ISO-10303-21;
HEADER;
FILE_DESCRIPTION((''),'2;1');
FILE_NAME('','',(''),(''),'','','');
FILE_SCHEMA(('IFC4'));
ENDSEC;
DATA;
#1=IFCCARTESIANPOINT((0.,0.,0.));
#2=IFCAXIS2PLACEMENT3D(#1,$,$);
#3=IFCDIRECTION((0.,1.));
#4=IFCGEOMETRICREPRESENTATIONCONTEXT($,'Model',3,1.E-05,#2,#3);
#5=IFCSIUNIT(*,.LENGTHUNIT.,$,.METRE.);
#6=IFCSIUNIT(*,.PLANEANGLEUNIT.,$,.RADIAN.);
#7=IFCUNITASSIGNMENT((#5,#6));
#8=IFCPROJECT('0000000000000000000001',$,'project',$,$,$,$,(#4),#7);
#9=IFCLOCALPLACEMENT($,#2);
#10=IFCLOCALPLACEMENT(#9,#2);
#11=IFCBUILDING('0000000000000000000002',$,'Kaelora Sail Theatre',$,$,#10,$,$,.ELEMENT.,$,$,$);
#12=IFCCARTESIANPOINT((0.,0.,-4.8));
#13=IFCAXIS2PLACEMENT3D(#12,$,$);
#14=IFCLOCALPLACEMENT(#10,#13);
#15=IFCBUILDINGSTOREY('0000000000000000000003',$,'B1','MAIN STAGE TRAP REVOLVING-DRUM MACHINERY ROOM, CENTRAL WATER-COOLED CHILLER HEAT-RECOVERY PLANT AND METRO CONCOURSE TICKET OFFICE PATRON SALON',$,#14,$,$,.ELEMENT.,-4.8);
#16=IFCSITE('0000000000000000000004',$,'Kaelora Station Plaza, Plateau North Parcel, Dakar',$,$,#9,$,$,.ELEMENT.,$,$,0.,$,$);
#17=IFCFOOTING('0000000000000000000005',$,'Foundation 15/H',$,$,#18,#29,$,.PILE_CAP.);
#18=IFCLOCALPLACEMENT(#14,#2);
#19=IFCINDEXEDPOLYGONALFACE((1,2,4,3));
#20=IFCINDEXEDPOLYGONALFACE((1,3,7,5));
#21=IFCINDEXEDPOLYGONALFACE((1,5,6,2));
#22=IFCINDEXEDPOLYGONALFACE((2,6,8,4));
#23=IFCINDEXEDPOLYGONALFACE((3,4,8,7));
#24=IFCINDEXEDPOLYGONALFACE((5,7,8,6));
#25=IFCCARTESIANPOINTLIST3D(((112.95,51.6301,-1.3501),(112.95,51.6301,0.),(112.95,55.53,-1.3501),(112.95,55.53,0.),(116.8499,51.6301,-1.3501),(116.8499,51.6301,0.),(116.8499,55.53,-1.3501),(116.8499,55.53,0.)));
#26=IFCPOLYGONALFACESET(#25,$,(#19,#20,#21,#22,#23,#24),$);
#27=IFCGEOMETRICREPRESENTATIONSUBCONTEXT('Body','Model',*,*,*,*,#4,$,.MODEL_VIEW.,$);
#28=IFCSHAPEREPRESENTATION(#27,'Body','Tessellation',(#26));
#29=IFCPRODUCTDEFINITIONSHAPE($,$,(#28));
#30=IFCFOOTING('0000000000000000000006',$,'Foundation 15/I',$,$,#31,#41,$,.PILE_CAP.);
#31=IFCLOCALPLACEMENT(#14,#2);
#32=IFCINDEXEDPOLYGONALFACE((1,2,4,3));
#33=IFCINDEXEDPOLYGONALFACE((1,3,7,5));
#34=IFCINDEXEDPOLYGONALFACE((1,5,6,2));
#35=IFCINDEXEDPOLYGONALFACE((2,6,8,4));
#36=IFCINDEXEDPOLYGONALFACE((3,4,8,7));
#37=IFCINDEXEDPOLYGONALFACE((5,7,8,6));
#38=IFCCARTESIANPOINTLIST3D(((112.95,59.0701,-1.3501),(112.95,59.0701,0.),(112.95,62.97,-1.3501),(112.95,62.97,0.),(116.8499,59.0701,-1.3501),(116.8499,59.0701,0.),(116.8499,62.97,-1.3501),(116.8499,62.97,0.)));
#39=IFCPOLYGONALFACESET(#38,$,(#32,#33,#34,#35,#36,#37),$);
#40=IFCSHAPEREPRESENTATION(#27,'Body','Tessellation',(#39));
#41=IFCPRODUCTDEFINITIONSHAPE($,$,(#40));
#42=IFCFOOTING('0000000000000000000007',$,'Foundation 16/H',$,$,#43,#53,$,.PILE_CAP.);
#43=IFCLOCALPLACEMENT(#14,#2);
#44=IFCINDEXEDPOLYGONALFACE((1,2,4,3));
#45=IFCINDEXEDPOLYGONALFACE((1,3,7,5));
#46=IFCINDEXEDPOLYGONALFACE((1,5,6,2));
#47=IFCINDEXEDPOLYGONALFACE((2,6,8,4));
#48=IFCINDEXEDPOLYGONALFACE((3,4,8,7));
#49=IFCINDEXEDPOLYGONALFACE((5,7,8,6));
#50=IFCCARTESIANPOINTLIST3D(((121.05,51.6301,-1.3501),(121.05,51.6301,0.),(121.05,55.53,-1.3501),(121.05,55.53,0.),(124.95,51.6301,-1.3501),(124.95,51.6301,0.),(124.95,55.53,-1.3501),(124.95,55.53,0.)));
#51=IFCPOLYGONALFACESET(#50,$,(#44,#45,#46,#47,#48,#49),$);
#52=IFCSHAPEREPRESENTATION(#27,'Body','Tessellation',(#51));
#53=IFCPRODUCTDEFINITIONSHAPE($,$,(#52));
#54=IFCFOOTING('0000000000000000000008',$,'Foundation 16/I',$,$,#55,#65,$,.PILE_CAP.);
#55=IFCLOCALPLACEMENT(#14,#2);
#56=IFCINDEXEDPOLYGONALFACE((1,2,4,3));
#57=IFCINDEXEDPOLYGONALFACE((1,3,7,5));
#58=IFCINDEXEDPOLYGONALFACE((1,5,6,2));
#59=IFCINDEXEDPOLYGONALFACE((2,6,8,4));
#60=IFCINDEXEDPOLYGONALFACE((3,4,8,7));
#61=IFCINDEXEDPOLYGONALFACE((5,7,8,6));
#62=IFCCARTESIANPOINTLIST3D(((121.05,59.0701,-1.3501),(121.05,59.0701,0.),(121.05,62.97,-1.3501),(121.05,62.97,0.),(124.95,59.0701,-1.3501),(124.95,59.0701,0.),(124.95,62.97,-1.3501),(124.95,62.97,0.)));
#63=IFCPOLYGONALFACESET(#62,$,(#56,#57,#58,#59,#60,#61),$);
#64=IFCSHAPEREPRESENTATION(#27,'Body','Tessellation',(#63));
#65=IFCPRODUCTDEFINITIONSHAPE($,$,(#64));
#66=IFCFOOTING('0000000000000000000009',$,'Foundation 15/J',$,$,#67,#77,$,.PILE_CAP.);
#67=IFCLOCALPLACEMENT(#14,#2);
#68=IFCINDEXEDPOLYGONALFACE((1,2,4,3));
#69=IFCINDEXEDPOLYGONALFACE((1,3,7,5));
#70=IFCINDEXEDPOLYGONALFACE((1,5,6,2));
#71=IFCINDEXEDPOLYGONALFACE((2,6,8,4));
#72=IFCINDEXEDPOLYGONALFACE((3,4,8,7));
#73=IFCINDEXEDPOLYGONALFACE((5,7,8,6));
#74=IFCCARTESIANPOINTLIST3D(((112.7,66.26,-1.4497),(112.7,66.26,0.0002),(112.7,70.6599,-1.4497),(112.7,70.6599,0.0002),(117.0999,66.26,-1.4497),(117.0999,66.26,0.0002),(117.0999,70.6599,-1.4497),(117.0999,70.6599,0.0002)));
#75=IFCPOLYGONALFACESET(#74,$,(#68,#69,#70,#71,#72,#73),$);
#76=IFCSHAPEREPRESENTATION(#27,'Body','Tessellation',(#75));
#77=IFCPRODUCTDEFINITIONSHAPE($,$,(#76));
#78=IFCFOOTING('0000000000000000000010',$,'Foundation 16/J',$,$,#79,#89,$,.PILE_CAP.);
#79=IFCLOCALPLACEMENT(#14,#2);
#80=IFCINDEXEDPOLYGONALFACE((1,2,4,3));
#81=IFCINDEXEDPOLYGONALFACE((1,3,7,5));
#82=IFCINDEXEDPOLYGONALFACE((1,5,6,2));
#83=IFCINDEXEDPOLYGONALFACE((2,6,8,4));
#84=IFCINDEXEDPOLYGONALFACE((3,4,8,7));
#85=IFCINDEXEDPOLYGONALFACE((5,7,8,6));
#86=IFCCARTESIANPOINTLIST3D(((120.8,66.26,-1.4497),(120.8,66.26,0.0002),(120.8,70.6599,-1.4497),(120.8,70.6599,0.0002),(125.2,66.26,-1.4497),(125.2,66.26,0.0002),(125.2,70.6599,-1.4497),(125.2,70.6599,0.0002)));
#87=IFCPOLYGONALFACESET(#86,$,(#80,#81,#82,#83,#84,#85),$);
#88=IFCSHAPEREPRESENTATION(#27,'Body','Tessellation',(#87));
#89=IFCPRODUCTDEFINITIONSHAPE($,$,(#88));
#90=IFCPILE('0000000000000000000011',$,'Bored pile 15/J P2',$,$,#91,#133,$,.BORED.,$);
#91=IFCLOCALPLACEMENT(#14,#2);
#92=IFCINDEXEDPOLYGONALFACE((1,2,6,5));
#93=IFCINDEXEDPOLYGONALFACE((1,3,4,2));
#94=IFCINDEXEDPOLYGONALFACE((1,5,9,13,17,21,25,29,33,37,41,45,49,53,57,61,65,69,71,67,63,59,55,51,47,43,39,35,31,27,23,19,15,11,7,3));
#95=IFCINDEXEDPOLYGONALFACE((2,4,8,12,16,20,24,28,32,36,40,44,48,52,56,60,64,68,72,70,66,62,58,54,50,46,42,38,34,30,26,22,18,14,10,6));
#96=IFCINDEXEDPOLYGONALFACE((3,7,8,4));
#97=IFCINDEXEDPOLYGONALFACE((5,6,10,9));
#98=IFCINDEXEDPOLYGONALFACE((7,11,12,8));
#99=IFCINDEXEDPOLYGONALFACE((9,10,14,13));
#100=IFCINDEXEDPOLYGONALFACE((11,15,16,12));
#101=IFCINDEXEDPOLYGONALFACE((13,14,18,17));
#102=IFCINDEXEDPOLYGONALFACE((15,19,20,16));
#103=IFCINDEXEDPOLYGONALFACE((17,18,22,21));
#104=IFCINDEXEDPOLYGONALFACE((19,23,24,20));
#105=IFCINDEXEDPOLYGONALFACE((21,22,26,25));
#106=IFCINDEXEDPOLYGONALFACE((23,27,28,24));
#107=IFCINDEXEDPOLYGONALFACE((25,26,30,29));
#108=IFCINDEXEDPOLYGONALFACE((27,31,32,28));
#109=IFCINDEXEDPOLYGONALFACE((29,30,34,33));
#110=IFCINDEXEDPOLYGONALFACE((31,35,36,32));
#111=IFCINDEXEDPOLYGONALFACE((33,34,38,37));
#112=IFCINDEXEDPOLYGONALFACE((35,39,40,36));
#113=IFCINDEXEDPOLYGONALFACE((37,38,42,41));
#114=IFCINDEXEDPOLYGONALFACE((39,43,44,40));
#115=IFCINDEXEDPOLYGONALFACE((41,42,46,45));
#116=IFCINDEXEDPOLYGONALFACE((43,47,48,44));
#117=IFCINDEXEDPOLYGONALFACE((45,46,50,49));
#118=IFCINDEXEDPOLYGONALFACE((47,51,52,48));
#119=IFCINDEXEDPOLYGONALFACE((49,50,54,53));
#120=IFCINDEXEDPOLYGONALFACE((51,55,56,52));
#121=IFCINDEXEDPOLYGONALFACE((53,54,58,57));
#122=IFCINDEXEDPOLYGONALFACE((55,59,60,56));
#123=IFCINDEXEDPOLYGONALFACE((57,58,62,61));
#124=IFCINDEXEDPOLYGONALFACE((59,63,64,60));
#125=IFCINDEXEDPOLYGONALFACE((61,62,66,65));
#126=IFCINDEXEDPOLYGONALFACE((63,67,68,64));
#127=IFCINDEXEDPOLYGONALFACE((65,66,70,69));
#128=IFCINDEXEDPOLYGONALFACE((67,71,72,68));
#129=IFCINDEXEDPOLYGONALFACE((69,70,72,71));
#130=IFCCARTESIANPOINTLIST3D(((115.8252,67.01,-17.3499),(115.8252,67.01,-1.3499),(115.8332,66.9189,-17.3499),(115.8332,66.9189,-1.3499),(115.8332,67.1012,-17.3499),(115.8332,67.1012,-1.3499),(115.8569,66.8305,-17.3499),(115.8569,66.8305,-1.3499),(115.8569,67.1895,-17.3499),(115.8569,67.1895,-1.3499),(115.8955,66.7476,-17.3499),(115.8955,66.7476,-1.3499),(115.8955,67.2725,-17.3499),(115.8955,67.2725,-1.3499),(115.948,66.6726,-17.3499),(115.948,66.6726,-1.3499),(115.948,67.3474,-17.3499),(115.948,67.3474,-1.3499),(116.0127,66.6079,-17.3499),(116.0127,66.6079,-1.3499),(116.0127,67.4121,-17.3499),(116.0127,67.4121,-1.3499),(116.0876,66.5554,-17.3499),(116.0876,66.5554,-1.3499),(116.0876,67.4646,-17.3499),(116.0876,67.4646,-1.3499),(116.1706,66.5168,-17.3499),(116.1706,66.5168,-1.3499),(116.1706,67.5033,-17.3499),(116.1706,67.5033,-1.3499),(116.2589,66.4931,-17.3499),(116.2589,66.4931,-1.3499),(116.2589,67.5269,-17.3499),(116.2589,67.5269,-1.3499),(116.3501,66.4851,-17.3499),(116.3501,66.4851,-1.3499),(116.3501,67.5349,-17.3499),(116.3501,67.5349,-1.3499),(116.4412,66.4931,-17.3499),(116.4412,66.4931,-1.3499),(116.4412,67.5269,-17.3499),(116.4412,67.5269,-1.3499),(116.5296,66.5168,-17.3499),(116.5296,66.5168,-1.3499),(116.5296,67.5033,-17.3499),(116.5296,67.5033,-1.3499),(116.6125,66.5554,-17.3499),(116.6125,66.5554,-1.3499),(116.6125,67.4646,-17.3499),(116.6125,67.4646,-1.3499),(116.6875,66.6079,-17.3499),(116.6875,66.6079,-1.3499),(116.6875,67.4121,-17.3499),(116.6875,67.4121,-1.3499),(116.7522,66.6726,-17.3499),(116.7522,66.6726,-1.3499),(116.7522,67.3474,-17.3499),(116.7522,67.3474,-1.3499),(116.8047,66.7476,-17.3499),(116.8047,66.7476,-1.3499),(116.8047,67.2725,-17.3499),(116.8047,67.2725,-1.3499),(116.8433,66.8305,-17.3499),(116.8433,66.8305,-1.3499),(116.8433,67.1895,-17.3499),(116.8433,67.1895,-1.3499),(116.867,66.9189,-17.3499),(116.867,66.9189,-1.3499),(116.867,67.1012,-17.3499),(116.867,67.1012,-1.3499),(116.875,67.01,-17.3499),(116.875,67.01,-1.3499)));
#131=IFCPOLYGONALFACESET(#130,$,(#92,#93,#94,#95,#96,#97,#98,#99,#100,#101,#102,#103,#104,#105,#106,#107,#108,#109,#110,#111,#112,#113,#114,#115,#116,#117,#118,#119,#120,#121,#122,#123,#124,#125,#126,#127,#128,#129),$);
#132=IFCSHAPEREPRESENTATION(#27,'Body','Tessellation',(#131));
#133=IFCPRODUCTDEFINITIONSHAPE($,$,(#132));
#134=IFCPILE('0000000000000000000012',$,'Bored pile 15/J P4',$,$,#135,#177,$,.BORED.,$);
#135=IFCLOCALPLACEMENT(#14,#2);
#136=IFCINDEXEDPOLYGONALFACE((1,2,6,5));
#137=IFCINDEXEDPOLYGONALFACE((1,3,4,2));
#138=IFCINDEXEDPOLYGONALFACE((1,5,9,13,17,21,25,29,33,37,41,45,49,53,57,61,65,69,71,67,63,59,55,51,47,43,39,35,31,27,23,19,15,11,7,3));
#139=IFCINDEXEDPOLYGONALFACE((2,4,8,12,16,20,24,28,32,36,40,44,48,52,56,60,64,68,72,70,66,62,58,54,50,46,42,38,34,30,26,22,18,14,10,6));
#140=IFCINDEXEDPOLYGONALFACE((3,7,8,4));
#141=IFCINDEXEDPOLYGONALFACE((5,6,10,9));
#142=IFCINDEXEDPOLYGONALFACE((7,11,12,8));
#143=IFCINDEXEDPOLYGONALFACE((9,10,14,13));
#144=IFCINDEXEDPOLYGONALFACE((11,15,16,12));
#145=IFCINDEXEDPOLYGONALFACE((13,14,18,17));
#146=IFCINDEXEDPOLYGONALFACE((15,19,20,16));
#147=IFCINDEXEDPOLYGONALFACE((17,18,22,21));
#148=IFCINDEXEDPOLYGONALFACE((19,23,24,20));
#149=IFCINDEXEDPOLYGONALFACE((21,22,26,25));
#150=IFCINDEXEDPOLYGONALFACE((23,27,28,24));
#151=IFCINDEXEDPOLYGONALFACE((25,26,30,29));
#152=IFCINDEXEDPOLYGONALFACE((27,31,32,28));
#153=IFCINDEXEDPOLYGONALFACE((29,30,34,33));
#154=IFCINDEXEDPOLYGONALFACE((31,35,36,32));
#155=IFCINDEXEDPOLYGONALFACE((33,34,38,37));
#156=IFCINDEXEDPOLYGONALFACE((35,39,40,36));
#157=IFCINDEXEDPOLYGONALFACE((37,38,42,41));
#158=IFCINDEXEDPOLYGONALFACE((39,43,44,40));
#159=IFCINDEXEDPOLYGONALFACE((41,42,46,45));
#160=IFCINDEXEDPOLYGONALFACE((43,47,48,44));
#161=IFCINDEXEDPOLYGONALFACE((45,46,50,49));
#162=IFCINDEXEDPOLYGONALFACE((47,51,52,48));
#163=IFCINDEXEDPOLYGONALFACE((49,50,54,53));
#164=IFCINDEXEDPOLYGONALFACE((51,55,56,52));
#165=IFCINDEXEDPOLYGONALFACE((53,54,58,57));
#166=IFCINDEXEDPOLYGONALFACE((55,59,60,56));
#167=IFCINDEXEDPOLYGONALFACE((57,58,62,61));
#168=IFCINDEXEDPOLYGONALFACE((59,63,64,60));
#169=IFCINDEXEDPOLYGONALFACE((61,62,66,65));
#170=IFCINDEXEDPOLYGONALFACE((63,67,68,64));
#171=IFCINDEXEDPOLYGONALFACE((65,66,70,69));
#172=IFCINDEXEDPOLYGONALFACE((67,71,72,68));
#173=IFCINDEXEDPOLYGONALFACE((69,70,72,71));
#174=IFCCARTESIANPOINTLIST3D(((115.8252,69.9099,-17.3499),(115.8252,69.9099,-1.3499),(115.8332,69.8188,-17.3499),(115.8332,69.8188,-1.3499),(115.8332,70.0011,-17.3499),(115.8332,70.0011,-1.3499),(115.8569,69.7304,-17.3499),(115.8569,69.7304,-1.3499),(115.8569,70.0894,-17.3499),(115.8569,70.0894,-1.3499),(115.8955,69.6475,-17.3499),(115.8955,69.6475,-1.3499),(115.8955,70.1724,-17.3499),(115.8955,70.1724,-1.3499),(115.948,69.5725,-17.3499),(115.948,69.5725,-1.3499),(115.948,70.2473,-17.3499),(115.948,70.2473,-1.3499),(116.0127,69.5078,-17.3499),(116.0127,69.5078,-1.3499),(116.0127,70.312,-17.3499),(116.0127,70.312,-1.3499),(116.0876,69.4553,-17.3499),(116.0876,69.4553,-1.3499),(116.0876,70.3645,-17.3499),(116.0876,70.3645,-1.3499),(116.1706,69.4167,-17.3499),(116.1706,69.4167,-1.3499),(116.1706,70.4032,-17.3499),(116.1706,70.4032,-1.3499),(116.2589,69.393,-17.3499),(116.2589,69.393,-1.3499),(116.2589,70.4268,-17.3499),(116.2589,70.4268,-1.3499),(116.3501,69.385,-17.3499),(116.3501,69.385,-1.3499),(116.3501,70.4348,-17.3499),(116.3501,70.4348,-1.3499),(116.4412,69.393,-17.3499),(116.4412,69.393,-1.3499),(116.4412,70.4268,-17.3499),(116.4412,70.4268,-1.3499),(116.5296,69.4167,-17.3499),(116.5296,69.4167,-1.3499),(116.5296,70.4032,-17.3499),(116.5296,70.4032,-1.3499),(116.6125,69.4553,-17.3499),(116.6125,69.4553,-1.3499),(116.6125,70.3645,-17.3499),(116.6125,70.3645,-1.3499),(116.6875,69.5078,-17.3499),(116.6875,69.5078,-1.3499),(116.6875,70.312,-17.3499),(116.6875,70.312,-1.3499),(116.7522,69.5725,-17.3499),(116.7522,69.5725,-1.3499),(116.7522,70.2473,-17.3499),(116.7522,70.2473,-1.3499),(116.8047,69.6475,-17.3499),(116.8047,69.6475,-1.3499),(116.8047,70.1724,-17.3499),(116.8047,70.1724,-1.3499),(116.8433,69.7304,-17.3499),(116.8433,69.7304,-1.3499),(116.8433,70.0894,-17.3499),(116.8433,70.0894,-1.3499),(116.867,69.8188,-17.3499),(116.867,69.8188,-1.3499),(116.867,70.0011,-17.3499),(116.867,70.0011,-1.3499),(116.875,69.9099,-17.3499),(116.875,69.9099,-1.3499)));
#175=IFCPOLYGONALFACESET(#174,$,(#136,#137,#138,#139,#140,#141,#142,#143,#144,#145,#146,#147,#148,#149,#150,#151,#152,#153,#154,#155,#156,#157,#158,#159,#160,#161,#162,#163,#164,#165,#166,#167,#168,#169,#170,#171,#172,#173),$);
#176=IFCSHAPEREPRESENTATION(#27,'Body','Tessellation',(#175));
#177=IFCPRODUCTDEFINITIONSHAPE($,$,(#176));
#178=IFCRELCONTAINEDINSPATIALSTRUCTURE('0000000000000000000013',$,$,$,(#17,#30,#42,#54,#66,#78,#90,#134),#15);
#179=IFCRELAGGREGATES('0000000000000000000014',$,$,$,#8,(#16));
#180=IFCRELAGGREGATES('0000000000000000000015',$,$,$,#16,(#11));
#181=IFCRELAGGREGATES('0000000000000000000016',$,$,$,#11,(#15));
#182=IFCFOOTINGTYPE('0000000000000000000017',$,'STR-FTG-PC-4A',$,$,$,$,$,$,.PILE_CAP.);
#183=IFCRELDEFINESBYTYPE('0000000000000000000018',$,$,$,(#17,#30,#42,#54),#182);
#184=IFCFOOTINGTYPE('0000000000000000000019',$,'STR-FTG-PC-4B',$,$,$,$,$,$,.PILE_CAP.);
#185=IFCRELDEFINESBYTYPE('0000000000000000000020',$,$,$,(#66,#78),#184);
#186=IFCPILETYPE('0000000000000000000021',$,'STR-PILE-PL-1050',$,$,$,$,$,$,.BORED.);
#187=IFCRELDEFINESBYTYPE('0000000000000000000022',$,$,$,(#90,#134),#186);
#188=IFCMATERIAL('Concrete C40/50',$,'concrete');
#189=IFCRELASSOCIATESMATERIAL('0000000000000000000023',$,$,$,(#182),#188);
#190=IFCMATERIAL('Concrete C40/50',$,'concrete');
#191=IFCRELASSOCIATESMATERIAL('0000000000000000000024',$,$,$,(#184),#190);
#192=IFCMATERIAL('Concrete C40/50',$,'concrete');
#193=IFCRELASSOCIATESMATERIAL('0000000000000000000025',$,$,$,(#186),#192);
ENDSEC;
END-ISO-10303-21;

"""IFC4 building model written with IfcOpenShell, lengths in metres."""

from ifc_helpers import new_model, si_unit, direction, frame, origin, origin_2d, place, context, subcontext, project, spatial, rectangle, circle, extrude, material, material_profile, profile_set, type_object, element, save


model = new_model("IFC4")

# Units and contexts
model_context = context("Model", 3, precision=1e-05, world=origin(), true_north=direction((0.0, 1.0)))
body_context = subcontext(model_context, "Body", "Model", "MODEL_VIEW")
ifc_project = project(units=[si_unit("LENGTHUNIT", "METRE"), si_unit("PLANEANGLEUNIT", "RADIAN")], contexts=[model_context])

# Site, building, storey
site_placement = place(None, origin())
site = spatial("IfcSite", under=ifc_project, at=site_placement, Name="Kaelora Station Plaza, Plateau North Parcel, Dakar", CompositionType="ELEMENT", RefElevation=0.0)
building_placement = place(site_placement, origin())
building = spatial("IfcBuilding", under=site, at=building_placement, Name="Kaelora Sail Theatre", CompositionType="ELEMENT")
storey_placement = place(building_placement, frame((0.0, 0.0, -4.8)))
storey = spatial("IfcBuildingStorey", under=building, at=storey_placement, Name="B1", Description="MAIN STAGE TRAP REVOLVING-DRUM MACHINERY ROOM, CENTRAL WATER-COOLED CHILLER HEAT-RECOVERY PLANT AND METRO CONCOURSE TICKET OFFICE PATRON SALON", CompositionType="ELEMENT", Elevation=-4.8)

# Footings
ifc_material_1 = material(Name="Concrete C40/50", Category="concrete")
footing_type_1 = type_object("IfcFootingType", Name="STR-FTG-PC-4A", PredefinedType="PILE_CAP", material=ifc_material_1)
for number, where, z_axis, x_axis, name in (
    (1, (114.8999, 53.5801, -1.3501), (0.0, 0.0, 1.0), (1.0, 0.0, 0.0), "Foundation 15/H"),
    (2, (114.8999, 61.02, -1.3501), (0.0, 0.0, 1.0), (1.0, 0.0, 0.0), "Foundation 15/I"),
    (3, (123.0, 53.5801, -1.3501), (0.0, 0.0, 1.0), (1.0, 0.0, 0.0), "Foundation 16/H"),
    (4, (123.0, 61.02, -1.3501), (0.0, 0.0, 1.0), (1.0, 0.0, 0.0), "Foundation 16/I"),
):
    element("IfcFooting", number, at=place(storey_placement, frame(where, z_axis=z_axis, x_axis=x_axis)), inside=storey, type_object=footing_type_1, Name=name, PredefinedType="PILE_CAP", context=body_context, shape_type="SweptSolid", body=[
        extrude(rectangle(XDim=3.8999, YDim=3.8999, at=origin_2d()), origin(), (0.0, 0.0, 1.0), 1.3501),
    ])
ifc_material_2 = material(Name="Concrete C40/50", Category="concrete")
footing_type_2 = type_object("IfcFootingType", Name="STR-FTG-PC-4B", PredefinedType="PILE_CAP", material=ifc_material_2)
for number, where, z_axis, x_axis, name in (
    (5, (114.8999, 68.46, -1.4497), (0.0, 0.0, 1.0), (1.0, 0.0, 0.0), "Foundation 15/J"),
    (6, (123.0, 68.46, -1.4497), (0.0, 0.0, 1.0), (1.0, 0.0, 0.0), "Foundation 16/J"),
):
    element("IfcFooting", number, at=place(storey_placement, frame(where, z_axis=z_axis, x_axis=x_axis)), inside=storey, type_object=footing_type_2, Name=name, PredefinedType="PILE_CAP", context=body_context, shape_type="SweptSolid", body=[
        extrude(rectangle(XDim=4.3999, YDim=4.3999, at=origin_2d()), origin(), (0.0, 0.0, 1.0), 1.45),
    ])

# Piles
ifc_material_3 = material(Name="Concrete C40/50", Category="concrete")
ifc_material_profile_1 = material_profile(ifc_material_3, circle(Radius=0.5249, at=origin_2d()), Name="PILE D1050")
ifc_profile_set_1 = profile_set([ifc_material_profile_1], Name="Concrete C40/50")
pile_type_1 = type_object("IfcPileType", Name="STR-PILE-PL-1050", PredefinedType="BORED", material=ifc_profile_set_1)
for number, where, z_axis, x_axis, name in (
    (7, (116.3501, 67.01, -1.3499), (0.0, 0.0, -1.0), (1.0, 0.0, 0.0), "Bored pile 15/J P2"),
    (8, (116.3501, 69.9099, -1.3499), (0.0, 0.0, -1.0), (1.0, 0.0, 0.0), "Bored pile 15/J P4"),
):
    element("IfcPile", number, at=place(storey_placement, frame(where, z_axis=z_axis, x_axis=x_axis)), inside=storey, type_object=pile_type_1, Name=name, PredefinedType="BORED", context=body_context, shape_type="SweptSolid", body=[
        extrude(circle(Radius=0.5249, at=origin_2d()), origin(), (0.0, 0.0, 1.0), 16.0),
    ])

save(model, "model.ifc")
